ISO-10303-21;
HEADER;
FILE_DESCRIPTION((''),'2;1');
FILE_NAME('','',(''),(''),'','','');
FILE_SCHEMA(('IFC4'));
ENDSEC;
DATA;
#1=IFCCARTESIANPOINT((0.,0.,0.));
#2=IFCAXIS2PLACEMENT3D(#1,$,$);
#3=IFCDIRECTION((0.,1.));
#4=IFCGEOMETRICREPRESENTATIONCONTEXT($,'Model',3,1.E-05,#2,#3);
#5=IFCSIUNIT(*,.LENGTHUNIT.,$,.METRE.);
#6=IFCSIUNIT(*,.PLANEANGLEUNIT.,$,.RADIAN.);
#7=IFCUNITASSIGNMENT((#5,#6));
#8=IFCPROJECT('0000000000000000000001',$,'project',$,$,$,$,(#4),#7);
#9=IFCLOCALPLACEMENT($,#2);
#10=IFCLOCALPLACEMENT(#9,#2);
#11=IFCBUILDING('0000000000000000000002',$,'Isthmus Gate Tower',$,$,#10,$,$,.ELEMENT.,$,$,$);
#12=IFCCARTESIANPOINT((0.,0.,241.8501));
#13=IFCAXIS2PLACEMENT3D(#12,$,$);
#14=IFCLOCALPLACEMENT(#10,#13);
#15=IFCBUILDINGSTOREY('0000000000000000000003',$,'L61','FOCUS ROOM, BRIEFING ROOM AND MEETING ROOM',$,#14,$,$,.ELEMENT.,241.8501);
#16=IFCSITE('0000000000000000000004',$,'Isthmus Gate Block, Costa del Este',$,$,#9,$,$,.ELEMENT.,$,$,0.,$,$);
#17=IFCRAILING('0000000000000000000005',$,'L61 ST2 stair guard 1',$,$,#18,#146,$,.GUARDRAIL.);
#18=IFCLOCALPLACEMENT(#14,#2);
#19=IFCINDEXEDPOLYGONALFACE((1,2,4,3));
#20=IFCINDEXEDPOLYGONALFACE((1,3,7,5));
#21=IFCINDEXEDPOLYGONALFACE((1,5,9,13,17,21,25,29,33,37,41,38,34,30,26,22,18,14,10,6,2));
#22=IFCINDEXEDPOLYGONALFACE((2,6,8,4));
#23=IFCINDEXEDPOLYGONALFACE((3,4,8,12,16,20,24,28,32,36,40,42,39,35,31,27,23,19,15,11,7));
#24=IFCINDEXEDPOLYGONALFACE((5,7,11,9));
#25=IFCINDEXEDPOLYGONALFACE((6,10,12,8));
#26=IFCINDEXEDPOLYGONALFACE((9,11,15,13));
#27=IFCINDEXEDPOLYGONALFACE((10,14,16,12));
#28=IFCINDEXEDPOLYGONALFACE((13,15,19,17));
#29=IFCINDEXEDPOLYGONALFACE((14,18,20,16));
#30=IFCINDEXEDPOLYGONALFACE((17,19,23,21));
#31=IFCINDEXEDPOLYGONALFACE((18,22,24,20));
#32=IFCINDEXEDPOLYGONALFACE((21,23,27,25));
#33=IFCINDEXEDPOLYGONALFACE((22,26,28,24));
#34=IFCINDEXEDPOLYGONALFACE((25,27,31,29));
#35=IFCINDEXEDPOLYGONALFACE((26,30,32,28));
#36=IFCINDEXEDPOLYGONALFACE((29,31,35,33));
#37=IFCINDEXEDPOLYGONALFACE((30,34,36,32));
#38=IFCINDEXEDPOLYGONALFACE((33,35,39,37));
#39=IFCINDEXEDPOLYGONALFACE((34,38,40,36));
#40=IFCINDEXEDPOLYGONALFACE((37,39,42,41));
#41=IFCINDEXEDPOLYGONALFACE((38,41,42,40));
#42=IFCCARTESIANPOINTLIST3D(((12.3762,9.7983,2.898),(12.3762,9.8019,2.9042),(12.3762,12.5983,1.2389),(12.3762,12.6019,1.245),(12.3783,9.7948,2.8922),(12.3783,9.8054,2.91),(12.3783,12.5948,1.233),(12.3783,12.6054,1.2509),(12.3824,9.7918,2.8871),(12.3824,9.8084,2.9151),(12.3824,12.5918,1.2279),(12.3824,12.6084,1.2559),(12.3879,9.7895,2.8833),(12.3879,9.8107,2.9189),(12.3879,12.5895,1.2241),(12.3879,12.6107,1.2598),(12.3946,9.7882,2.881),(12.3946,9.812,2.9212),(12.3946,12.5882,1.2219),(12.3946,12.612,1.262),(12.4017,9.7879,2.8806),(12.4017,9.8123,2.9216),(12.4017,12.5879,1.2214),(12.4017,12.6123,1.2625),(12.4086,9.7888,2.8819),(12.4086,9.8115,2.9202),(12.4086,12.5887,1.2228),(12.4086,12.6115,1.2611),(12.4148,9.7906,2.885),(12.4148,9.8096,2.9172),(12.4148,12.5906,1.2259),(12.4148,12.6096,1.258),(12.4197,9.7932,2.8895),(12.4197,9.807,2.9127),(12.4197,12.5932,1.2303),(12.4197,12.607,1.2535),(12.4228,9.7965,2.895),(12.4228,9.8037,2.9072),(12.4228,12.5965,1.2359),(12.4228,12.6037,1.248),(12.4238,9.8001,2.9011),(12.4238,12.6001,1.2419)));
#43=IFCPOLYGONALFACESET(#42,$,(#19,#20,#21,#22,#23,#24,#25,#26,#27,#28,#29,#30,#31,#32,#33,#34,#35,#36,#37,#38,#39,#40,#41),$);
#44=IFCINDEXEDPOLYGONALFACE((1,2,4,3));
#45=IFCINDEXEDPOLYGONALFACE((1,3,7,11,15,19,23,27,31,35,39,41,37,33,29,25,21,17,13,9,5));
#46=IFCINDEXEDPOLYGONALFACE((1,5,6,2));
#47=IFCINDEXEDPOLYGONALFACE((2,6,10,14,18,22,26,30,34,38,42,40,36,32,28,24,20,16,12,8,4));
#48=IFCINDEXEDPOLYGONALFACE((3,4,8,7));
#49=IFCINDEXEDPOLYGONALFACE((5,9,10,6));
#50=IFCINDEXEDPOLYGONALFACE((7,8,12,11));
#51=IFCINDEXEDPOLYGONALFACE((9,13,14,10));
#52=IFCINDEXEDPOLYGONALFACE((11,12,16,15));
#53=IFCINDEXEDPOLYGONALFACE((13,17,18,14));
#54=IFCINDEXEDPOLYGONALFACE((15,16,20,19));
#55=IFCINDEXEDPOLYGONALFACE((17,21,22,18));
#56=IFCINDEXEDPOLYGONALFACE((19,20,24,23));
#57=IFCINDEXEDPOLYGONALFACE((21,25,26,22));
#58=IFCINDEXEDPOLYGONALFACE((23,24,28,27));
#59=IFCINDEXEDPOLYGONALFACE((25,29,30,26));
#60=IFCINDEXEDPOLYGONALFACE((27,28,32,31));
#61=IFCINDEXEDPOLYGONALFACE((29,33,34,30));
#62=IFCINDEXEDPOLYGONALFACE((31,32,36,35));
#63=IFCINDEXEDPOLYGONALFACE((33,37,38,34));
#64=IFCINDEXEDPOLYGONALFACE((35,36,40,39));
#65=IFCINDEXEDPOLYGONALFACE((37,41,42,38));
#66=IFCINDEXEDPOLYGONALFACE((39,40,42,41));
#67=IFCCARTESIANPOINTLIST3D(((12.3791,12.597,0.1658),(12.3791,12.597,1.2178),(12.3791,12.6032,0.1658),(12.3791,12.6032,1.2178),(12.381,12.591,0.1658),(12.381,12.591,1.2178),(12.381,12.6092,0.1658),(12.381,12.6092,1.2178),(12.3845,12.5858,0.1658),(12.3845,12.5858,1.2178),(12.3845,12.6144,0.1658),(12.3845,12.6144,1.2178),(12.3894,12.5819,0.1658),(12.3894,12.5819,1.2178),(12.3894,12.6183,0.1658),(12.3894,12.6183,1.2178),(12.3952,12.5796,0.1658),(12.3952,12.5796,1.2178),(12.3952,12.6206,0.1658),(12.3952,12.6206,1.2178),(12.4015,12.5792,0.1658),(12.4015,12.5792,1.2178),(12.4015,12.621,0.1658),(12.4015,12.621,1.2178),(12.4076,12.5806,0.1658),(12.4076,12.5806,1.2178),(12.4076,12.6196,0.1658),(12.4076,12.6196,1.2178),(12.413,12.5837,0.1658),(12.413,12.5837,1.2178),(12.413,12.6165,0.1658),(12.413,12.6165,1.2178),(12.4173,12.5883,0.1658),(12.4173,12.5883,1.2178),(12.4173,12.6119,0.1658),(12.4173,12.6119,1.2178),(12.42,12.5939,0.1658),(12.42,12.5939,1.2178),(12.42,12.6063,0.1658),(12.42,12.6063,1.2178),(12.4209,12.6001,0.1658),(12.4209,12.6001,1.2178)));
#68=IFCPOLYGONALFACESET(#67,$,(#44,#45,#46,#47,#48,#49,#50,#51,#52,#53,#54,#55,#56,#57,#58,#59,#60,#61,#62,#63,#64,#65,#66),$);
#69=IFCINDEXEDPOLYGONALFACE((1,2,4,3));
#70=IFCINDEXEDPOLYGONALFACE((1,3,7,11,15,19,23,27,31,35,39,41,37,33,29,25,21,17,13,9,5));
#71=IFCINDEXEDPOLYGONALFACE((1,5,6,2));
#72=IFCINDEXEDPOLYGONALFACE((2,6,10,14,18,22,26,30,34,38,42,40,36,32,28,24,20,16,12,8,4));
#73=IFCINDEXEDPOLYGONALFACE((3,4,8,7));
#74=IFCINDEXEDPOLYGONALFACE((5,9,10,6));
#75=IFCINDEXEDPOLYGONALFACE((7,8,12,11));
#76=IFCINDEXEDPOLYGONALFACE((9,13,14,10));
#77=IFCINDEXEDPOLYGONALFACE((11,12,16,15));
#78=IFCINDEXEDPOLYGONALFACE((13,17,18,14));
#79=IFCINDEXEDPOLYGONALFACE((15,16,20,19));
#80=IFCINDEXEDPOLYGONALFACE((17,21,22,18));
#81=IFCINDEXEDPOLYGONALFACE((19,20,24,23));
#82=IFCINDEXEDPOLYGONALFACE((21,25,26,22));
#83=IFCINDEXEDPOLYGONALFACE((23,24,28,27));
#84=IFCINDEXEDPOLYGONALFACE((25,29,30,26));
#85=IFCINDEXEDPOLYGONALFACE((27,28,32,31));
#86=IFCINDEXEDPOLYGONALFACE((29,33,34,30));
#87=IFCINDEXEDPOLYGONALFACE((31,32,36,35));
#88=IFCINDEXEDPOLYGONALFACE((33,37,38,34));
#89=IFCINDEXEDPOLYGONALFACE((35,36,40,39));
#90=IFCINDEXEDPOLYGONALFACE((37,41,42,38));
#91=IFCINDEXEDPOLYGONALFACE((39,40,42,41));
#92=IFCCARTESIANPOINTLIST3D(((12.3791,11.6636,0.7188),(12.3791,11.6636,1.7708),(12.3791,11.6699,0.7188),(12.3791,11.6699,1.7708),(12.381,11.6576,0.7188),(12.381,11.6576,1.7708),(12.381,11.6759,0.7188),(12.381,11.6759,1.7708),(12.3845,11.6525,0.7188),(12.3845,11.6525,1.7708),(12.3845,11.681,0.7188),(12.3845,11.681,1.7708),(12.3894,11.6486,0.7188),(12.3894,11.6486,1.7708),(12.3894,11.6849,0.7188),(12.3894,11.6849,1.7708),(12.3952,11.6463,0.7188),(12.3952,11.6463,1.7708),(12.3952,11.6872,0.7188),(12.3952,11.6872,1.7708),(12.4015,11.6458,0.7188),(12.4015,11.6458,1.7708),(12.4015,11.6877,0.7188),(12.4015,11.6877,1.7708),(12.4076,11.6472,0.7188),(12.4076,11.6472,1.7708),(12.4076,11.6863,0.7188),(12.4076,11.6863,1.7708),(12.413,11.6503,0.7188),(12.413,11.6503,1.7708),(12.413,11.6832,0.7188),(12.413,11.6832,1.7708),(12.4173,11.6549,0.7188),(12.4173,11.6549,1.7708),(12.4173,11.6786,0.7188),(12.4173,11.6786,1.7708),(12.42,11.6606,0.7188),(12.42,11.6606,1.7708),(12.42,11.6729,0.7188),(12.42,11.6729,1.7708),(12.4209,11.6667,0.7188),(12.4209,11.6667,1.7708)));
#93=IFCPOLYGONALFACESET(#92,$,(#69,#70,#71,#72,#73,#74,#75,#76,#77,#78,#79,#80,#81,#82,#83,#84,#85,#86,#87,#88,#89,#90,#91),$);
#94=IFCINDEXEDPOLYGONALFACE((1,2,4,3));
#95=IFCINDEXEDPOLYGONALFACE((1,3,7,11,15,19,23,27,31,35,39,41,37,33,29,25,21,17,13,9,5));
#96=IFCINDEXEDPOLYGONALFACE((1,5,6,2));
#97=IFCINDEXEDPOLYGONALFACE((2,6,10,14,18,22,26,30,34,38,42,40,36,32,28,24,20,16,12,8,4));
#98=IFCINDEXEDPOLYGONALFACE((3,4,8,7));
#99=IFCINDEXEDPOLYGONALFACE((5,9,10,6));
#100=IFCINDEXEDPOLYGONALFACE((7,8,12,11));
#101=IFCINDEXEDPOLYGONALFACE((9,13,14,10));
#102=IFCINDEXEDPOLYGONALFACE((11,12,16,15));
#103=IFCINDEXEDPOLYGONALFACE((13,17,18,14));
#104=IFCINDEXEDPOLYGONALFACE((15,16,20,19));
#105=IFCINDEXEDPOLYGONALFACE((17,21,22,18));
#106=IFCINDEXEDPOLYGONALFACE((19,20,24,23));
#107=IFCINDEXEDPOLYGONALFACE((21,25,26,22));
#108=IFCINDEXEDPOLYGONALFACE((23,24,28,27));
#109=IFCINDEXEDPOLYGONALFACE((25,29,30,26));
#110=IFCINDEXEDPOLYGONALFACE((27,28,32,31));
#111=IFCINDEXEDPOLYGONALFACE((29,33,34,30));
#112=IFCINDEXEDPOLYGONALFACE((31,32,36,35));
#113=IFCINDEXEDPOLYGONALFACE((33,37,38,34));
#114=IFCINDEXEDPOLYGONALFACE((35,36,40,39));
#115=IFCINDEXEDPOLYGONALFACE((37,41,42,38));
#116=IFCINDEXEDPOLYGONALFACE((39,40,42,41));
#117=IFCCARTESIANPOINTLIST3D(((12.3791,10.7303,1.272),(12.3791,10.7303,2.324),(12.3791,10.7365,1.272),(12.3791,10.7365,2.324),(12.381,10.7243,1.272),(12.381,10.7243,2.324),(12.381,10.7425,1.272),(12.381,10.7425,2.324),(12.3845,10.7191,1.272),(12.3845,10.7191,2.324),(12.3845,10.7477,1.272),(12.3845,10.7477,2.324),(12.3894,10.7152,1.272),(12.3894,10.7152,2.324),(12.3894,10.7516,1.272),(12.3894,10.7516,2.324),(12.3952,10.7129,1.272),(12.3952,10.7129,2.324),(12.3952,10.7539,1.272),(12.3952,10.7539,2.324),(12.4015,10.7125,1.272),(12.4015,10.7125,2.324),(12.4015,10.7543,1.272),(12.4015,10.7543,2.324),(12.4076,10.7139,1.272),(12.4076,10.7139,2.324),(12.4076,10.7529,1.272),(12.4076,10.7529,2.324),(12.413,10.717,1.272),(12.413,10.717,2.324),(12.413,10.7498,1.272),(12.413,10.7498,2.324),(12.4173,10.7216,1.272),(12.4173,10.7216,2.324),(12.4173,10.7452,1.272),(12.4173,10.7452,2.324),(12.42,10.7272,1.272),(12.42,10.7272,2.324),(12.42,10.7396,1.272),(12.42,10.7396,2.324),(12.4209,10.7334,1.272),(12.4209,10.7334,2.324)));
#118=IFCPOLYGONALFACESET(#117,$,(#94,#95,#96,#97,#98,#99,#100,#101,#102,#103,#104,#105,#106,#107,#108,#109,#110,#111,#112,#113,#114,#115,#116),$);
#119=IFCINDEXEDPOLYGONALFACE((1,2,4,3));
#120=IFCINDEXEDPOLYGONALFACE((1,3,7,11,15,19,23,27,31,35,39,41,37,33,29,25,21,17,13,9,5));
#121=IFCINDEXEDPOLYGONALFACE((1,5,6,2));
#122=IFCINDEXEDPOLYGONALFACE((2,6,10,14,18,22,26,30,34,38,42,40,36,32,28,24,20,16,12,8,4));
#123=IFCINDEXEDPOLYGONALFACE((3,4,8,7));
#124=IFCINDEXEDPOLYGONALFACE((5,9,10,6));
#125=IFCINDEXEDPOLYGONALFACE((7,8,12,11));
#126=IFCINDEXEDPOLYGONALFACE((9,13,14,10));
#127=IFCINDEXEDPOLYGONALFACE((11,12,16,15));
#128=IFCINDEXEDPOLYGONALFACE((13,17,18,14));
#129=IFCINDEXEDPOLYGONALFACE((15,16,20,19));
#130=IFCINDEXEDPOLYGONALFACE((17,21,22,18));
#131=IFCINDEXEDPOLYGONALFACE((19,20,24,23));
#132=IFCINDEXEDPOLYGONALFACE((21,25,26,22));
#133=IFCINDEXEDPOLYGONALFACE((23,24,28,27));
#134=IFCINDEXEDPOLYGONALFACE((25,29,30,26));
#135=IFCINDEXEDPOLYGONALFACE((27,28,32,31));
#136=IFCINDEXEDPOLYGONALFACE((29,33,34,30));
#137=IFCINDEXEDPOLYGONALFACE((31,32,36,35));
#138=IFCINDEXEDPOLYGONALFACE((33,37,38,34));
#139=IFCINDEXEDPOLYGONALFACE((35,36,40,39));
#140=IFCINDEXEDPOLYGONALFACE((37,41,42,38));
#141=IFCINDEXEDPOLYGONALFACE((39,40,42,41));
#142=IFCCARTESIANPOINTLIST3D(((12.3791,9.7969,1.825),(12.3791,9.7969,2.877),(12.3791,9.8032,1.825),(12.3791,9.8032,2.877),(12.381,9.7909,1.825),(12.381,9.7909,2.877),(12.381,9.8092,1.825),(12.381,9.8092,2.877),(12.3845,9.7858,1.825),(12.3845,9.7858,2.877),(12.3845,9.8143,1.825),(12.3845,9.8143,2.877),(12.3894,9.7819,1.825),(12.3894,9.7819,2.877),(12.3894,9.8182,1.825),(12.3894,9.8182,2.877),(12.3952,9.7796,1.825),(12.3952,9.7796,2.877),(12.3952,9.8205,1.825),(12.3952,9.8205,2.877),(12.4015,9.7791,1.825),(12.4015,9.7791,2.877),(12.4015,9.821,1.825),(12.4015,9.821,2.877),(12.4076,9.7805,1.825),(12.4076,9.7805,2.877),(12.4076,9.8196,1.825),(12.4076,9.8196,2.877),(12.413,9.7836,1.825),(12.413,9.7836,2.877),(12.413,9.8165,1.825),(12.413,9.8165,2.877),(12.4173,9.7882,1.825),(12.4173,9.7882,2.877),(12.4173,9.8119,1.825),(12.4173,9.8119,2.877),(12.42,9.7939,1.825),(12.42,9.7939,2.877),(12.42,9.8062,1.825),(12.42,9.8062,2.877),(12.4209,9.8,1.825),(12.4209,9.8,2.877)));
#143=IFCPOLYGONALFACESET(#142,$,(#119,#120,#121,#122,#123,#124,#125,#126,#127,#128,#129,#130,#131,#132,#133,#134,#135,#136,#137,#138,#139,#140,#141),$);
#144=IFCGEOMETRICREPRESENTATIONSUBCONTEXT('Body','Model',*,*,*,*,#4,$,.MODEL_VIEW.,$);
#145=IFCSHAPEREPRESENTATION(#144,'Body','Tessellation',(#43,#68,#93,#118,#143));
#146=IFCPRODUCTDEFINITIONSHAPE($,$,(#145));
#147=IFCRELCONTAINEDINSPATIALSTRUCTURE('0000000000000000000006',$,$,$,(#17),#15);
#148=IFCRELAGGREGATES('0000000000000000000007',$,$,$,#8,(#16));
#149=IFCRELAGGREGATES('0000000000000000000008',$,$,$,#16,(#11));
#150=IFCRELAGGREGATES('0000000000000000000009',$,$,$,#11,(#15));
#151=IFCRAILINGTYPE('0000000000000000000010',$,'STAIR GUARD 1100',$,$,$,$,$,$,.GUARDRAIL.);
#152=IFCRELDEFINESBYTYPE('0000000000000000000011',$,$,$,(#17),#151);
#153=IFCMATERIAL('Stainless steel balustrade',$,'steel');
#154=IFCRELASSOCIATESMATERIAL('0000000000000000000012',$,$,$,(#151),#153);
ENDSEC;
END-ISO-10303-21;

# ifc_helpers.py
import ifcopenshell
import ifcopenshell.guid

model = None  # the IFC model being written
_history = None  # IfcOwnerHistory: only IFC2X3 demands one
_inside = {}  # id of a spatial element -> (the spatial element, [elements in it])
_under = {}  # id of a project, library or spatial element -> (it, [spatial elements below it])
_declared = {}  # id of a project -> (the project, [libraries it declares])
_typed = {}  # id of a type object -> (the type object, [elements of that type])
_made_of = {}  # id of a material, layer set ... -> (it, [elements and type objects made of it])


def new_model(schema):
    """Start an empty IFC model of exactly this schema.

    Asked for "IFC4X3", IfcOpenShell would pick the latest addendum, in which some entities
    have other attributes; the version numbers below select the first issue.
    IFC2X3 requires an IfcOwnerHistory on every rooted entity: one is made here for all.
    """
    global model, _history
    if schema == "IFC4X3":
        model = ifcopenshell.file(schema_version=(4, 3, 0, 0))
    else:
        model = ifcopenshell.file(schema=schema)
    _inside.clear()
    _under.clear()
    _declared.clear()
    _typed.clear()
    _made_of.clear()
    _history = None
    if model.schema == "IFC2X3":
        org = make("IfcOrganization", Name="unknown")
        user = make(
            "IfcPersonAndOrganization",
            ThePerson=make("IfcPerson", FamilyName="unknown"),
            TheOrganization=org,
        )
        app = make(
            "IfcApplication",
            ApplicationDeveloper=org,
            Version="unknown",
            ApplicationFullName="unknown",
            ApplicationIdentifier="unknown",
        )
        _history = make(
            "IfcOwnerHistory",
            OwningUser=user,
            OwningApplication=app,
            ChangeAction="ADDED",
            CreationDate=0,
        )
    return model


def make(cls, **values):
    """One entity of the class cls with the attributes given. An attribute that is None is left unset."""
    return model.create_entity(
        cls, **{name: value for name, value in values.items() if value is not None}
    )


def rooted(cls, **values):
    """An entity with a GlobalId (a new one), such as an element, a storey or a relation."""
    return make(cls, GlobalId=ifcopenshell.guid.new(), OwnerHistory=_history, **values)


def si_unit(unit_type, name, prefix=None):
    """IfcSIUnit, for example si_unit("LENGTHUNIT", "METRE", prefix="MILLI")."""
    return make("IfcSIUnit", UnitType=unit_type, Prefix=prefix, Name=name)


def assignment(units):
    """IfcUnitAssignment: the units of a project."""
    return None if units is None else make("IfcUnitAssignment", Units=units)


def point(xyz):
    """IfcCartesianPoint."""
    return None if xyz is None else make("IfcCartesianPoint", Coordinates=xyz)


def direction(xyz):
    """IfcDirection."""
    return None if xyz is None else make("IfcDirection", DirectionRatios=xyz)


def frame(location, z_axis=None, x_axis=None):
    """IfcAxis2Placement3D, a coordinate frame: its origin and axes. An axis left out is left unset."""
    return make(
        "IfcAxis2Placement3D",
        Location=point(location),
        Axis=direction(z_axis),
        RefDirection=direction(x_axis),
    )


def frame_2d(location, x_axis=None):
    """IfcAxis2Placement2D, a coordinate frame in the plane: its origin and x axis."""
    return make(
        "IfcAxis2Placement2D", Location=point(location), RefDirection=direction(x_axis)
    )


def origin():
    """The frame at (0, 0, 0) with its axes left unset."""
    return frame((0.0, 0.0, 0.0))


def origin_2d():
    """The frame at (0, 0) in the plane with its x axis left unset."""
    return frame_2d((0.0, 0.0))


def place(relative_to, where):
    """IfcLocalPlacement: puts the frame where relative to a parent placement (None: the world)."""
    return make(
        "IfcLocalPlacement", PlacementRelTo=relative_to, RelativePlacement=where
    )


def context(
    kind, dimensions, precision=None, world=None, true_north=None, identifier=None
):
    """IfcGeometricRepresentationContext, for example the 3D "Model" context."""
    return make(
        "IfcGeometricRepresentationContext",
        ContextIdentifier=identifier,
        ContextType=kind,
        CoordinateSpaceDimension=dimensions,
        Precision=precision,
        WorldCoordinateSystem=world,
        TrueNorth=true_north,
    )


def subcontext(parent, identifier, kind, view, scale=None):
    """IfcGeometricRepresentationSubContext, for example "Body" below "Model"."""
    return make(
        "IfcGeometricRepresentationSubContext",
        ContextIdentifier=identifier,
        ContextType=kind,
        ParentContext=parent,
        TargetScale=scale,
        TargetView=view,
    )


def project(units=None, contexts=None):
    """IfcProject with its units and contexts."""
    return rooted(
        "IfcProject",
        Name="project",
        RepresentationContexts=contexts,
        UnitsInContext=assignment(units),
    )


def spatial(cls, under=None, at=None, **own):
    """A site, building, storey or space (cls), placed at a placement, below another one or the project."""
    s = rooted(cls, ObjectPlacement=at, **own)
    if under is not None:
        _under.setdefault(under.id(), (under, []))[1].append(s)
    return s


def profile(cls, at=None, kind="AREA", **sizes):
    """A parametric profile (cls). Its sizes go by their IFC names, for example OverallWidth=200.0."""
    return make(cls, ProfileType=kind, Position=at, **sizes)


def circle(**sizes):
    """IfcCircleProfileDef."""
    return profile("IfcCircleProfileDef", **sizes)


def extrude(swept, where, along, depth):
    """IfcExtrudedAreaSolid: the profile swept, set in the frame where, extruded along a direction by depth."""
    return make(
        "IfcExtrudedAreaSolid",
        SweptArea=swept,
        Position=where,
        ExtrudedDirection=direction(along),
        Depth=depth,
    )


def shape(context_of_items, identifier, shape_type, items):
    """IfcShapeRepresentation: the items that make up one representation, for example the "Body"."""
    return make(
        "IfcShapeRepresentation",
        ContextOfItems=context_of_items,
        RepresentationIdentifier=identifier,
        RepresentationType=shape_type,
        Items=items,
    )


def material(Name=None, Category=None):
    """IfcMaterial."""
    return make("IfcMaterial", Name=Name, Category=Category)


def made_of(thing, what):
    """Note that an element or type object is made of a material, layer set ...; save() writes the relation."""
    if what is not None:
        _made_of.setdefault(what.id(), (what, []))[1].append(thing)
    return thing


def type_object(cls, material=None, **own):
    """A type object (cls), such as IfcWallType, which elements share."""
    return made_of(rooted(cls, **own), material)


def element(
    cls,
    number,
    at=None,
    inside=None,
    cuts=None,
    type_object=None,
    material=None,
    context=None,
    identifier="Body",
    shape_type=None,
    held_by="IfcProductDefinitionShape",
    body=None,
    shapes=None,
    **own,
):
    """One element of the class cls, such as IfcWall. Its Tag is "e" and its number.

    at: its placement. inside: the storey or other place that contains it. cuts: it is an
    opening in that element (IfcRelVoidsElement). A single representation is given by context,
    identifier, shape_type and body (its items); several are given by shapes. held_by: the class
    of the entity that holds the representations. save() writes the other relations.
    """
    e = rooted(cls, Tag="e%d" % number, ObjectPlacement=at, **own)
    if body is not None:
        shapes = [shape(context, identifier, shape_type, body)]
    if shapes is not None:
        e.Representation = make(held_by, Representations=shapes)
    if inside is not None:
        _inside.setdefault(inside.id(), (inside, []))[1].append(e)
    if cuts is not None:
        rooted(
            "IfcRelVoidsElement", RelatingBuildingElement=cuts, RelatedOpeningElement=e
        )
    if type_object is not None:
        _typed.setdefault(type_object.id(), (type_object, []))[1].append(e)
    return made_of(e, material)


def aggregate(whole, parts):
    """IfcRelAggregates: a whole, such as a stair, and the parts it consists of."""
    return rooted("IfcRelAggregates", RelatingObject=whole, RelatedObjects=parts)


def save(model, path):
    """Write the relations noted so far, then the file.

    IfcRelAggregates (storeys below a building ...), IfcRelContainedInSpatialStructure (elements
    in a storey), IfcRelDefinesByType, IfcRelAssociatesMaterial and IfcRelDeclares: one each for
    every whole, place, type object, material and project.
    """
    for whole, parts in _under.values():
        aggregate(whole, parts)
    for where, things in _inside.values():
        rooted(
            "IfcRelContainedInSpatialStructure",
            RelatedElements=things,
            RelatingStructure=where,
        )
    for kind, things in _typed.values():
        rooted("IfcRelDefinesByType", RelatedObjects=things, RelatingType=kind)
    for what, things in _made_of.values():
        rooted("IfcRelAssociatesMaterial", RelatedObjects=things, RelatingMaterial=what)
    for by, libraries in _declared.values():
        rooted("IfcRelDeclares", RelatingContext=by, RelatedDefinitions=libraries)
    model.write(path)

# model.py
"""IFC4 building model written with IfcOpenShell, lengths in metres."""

from ifc_helpers import new_model, si_unit, direction, frame, origin, origin_2d, place, context, subcontext, project, spatial, circle, extrude, material, type_object, element, save


model = new_model("IFC4")

# Units and contexts
model_context = context("Model", 3, precision=1e-05, world=origin(), true_north=direction((0.0, 1.0)))
body_context = subcontext(model_context, "Body", "Model", "MODEL_VIEW")
ifc_project = project(units=[si_unit("LENGTHUNIT", "METRE"), si_unit("PLANEANGLEUNIT", "RADIAN")], contexts=[model_context])

# Site, building, storey
site_placement = place(None, origin())
site = spatial("IfcSite", under=ifc_project, at=site_placement, Name="Isthmus Gate Block, Costa del Este", CompositionType="ELEMENT", RefElevation=0.0)
building_placement = place(site_placement, origin())
building = spatial("IfcBuilding", under=site, at=building_placement, Name="Isthmus Gate Tower", CompositionType="ELEMENT")
storey_placement = place(building_placement, frame((0.0, 0.0, 241.8501)))
storey = spatial("IfcBuildingStorey", under=building, at=storey_placement, Name="L61", Description="FOCUS ROOM, BRIEFING ROOM AND MEETING ROOM", CompositionType="ELEMENT", Elevation=241.8501)

# Railing
ifc_material_1 = material(Name="Stainless steel balustrade", Category="steel")
railing_type = type_object("IfcRailingType", Name="STAIR GUARD 1100", PredefinedType="GUARDRAIL", material=ifc_material_1)
railing_1_placement = place(storey_placement, frame((12.3999, 12.6001, 0.1658)))
element("IfcRailing", 1, at=railing_1_placement, inside=storey, type_object=railing_type, Name="L61 ST2 stair guard 1", PredefinedType="GUARDRAIL", context=body_context, shape_type="SweptSolid", body=[
    extrude(circle(Radius=0.0239, at=origin_2d()), frame((0.0, 0.0, 1.0762), z_axis=(0.0, -0.860306, 0.509778), x_axis=(1.0, 0.0, 0.0)), (0.0, 0.0, 1.0), 3.2546),
    extrude(circle(Radius=0.021, at=origin_2d()), origin(), (0.0, 0.0, 1.0), 1.052),
    extrude(circle(Radius=0.021, at=origin_2d()), frame((0.0, -0.9333, 0.553)), (0.0, 0.0, 1.0), 1.052),
    extrude(circle(Radius=0.021, at=origin_2d()), frame((0.0, -1.8667, 1.1062)), (0.0, 0.0, 1.0), 1.052),
    extrude(circle(Radius=0.021, at=origin_2d()), frame((0.0, -2.8, 1.6592)), (0.0, 0.0, 1.0), 1.052),
])

save(model, "model.ifc")
